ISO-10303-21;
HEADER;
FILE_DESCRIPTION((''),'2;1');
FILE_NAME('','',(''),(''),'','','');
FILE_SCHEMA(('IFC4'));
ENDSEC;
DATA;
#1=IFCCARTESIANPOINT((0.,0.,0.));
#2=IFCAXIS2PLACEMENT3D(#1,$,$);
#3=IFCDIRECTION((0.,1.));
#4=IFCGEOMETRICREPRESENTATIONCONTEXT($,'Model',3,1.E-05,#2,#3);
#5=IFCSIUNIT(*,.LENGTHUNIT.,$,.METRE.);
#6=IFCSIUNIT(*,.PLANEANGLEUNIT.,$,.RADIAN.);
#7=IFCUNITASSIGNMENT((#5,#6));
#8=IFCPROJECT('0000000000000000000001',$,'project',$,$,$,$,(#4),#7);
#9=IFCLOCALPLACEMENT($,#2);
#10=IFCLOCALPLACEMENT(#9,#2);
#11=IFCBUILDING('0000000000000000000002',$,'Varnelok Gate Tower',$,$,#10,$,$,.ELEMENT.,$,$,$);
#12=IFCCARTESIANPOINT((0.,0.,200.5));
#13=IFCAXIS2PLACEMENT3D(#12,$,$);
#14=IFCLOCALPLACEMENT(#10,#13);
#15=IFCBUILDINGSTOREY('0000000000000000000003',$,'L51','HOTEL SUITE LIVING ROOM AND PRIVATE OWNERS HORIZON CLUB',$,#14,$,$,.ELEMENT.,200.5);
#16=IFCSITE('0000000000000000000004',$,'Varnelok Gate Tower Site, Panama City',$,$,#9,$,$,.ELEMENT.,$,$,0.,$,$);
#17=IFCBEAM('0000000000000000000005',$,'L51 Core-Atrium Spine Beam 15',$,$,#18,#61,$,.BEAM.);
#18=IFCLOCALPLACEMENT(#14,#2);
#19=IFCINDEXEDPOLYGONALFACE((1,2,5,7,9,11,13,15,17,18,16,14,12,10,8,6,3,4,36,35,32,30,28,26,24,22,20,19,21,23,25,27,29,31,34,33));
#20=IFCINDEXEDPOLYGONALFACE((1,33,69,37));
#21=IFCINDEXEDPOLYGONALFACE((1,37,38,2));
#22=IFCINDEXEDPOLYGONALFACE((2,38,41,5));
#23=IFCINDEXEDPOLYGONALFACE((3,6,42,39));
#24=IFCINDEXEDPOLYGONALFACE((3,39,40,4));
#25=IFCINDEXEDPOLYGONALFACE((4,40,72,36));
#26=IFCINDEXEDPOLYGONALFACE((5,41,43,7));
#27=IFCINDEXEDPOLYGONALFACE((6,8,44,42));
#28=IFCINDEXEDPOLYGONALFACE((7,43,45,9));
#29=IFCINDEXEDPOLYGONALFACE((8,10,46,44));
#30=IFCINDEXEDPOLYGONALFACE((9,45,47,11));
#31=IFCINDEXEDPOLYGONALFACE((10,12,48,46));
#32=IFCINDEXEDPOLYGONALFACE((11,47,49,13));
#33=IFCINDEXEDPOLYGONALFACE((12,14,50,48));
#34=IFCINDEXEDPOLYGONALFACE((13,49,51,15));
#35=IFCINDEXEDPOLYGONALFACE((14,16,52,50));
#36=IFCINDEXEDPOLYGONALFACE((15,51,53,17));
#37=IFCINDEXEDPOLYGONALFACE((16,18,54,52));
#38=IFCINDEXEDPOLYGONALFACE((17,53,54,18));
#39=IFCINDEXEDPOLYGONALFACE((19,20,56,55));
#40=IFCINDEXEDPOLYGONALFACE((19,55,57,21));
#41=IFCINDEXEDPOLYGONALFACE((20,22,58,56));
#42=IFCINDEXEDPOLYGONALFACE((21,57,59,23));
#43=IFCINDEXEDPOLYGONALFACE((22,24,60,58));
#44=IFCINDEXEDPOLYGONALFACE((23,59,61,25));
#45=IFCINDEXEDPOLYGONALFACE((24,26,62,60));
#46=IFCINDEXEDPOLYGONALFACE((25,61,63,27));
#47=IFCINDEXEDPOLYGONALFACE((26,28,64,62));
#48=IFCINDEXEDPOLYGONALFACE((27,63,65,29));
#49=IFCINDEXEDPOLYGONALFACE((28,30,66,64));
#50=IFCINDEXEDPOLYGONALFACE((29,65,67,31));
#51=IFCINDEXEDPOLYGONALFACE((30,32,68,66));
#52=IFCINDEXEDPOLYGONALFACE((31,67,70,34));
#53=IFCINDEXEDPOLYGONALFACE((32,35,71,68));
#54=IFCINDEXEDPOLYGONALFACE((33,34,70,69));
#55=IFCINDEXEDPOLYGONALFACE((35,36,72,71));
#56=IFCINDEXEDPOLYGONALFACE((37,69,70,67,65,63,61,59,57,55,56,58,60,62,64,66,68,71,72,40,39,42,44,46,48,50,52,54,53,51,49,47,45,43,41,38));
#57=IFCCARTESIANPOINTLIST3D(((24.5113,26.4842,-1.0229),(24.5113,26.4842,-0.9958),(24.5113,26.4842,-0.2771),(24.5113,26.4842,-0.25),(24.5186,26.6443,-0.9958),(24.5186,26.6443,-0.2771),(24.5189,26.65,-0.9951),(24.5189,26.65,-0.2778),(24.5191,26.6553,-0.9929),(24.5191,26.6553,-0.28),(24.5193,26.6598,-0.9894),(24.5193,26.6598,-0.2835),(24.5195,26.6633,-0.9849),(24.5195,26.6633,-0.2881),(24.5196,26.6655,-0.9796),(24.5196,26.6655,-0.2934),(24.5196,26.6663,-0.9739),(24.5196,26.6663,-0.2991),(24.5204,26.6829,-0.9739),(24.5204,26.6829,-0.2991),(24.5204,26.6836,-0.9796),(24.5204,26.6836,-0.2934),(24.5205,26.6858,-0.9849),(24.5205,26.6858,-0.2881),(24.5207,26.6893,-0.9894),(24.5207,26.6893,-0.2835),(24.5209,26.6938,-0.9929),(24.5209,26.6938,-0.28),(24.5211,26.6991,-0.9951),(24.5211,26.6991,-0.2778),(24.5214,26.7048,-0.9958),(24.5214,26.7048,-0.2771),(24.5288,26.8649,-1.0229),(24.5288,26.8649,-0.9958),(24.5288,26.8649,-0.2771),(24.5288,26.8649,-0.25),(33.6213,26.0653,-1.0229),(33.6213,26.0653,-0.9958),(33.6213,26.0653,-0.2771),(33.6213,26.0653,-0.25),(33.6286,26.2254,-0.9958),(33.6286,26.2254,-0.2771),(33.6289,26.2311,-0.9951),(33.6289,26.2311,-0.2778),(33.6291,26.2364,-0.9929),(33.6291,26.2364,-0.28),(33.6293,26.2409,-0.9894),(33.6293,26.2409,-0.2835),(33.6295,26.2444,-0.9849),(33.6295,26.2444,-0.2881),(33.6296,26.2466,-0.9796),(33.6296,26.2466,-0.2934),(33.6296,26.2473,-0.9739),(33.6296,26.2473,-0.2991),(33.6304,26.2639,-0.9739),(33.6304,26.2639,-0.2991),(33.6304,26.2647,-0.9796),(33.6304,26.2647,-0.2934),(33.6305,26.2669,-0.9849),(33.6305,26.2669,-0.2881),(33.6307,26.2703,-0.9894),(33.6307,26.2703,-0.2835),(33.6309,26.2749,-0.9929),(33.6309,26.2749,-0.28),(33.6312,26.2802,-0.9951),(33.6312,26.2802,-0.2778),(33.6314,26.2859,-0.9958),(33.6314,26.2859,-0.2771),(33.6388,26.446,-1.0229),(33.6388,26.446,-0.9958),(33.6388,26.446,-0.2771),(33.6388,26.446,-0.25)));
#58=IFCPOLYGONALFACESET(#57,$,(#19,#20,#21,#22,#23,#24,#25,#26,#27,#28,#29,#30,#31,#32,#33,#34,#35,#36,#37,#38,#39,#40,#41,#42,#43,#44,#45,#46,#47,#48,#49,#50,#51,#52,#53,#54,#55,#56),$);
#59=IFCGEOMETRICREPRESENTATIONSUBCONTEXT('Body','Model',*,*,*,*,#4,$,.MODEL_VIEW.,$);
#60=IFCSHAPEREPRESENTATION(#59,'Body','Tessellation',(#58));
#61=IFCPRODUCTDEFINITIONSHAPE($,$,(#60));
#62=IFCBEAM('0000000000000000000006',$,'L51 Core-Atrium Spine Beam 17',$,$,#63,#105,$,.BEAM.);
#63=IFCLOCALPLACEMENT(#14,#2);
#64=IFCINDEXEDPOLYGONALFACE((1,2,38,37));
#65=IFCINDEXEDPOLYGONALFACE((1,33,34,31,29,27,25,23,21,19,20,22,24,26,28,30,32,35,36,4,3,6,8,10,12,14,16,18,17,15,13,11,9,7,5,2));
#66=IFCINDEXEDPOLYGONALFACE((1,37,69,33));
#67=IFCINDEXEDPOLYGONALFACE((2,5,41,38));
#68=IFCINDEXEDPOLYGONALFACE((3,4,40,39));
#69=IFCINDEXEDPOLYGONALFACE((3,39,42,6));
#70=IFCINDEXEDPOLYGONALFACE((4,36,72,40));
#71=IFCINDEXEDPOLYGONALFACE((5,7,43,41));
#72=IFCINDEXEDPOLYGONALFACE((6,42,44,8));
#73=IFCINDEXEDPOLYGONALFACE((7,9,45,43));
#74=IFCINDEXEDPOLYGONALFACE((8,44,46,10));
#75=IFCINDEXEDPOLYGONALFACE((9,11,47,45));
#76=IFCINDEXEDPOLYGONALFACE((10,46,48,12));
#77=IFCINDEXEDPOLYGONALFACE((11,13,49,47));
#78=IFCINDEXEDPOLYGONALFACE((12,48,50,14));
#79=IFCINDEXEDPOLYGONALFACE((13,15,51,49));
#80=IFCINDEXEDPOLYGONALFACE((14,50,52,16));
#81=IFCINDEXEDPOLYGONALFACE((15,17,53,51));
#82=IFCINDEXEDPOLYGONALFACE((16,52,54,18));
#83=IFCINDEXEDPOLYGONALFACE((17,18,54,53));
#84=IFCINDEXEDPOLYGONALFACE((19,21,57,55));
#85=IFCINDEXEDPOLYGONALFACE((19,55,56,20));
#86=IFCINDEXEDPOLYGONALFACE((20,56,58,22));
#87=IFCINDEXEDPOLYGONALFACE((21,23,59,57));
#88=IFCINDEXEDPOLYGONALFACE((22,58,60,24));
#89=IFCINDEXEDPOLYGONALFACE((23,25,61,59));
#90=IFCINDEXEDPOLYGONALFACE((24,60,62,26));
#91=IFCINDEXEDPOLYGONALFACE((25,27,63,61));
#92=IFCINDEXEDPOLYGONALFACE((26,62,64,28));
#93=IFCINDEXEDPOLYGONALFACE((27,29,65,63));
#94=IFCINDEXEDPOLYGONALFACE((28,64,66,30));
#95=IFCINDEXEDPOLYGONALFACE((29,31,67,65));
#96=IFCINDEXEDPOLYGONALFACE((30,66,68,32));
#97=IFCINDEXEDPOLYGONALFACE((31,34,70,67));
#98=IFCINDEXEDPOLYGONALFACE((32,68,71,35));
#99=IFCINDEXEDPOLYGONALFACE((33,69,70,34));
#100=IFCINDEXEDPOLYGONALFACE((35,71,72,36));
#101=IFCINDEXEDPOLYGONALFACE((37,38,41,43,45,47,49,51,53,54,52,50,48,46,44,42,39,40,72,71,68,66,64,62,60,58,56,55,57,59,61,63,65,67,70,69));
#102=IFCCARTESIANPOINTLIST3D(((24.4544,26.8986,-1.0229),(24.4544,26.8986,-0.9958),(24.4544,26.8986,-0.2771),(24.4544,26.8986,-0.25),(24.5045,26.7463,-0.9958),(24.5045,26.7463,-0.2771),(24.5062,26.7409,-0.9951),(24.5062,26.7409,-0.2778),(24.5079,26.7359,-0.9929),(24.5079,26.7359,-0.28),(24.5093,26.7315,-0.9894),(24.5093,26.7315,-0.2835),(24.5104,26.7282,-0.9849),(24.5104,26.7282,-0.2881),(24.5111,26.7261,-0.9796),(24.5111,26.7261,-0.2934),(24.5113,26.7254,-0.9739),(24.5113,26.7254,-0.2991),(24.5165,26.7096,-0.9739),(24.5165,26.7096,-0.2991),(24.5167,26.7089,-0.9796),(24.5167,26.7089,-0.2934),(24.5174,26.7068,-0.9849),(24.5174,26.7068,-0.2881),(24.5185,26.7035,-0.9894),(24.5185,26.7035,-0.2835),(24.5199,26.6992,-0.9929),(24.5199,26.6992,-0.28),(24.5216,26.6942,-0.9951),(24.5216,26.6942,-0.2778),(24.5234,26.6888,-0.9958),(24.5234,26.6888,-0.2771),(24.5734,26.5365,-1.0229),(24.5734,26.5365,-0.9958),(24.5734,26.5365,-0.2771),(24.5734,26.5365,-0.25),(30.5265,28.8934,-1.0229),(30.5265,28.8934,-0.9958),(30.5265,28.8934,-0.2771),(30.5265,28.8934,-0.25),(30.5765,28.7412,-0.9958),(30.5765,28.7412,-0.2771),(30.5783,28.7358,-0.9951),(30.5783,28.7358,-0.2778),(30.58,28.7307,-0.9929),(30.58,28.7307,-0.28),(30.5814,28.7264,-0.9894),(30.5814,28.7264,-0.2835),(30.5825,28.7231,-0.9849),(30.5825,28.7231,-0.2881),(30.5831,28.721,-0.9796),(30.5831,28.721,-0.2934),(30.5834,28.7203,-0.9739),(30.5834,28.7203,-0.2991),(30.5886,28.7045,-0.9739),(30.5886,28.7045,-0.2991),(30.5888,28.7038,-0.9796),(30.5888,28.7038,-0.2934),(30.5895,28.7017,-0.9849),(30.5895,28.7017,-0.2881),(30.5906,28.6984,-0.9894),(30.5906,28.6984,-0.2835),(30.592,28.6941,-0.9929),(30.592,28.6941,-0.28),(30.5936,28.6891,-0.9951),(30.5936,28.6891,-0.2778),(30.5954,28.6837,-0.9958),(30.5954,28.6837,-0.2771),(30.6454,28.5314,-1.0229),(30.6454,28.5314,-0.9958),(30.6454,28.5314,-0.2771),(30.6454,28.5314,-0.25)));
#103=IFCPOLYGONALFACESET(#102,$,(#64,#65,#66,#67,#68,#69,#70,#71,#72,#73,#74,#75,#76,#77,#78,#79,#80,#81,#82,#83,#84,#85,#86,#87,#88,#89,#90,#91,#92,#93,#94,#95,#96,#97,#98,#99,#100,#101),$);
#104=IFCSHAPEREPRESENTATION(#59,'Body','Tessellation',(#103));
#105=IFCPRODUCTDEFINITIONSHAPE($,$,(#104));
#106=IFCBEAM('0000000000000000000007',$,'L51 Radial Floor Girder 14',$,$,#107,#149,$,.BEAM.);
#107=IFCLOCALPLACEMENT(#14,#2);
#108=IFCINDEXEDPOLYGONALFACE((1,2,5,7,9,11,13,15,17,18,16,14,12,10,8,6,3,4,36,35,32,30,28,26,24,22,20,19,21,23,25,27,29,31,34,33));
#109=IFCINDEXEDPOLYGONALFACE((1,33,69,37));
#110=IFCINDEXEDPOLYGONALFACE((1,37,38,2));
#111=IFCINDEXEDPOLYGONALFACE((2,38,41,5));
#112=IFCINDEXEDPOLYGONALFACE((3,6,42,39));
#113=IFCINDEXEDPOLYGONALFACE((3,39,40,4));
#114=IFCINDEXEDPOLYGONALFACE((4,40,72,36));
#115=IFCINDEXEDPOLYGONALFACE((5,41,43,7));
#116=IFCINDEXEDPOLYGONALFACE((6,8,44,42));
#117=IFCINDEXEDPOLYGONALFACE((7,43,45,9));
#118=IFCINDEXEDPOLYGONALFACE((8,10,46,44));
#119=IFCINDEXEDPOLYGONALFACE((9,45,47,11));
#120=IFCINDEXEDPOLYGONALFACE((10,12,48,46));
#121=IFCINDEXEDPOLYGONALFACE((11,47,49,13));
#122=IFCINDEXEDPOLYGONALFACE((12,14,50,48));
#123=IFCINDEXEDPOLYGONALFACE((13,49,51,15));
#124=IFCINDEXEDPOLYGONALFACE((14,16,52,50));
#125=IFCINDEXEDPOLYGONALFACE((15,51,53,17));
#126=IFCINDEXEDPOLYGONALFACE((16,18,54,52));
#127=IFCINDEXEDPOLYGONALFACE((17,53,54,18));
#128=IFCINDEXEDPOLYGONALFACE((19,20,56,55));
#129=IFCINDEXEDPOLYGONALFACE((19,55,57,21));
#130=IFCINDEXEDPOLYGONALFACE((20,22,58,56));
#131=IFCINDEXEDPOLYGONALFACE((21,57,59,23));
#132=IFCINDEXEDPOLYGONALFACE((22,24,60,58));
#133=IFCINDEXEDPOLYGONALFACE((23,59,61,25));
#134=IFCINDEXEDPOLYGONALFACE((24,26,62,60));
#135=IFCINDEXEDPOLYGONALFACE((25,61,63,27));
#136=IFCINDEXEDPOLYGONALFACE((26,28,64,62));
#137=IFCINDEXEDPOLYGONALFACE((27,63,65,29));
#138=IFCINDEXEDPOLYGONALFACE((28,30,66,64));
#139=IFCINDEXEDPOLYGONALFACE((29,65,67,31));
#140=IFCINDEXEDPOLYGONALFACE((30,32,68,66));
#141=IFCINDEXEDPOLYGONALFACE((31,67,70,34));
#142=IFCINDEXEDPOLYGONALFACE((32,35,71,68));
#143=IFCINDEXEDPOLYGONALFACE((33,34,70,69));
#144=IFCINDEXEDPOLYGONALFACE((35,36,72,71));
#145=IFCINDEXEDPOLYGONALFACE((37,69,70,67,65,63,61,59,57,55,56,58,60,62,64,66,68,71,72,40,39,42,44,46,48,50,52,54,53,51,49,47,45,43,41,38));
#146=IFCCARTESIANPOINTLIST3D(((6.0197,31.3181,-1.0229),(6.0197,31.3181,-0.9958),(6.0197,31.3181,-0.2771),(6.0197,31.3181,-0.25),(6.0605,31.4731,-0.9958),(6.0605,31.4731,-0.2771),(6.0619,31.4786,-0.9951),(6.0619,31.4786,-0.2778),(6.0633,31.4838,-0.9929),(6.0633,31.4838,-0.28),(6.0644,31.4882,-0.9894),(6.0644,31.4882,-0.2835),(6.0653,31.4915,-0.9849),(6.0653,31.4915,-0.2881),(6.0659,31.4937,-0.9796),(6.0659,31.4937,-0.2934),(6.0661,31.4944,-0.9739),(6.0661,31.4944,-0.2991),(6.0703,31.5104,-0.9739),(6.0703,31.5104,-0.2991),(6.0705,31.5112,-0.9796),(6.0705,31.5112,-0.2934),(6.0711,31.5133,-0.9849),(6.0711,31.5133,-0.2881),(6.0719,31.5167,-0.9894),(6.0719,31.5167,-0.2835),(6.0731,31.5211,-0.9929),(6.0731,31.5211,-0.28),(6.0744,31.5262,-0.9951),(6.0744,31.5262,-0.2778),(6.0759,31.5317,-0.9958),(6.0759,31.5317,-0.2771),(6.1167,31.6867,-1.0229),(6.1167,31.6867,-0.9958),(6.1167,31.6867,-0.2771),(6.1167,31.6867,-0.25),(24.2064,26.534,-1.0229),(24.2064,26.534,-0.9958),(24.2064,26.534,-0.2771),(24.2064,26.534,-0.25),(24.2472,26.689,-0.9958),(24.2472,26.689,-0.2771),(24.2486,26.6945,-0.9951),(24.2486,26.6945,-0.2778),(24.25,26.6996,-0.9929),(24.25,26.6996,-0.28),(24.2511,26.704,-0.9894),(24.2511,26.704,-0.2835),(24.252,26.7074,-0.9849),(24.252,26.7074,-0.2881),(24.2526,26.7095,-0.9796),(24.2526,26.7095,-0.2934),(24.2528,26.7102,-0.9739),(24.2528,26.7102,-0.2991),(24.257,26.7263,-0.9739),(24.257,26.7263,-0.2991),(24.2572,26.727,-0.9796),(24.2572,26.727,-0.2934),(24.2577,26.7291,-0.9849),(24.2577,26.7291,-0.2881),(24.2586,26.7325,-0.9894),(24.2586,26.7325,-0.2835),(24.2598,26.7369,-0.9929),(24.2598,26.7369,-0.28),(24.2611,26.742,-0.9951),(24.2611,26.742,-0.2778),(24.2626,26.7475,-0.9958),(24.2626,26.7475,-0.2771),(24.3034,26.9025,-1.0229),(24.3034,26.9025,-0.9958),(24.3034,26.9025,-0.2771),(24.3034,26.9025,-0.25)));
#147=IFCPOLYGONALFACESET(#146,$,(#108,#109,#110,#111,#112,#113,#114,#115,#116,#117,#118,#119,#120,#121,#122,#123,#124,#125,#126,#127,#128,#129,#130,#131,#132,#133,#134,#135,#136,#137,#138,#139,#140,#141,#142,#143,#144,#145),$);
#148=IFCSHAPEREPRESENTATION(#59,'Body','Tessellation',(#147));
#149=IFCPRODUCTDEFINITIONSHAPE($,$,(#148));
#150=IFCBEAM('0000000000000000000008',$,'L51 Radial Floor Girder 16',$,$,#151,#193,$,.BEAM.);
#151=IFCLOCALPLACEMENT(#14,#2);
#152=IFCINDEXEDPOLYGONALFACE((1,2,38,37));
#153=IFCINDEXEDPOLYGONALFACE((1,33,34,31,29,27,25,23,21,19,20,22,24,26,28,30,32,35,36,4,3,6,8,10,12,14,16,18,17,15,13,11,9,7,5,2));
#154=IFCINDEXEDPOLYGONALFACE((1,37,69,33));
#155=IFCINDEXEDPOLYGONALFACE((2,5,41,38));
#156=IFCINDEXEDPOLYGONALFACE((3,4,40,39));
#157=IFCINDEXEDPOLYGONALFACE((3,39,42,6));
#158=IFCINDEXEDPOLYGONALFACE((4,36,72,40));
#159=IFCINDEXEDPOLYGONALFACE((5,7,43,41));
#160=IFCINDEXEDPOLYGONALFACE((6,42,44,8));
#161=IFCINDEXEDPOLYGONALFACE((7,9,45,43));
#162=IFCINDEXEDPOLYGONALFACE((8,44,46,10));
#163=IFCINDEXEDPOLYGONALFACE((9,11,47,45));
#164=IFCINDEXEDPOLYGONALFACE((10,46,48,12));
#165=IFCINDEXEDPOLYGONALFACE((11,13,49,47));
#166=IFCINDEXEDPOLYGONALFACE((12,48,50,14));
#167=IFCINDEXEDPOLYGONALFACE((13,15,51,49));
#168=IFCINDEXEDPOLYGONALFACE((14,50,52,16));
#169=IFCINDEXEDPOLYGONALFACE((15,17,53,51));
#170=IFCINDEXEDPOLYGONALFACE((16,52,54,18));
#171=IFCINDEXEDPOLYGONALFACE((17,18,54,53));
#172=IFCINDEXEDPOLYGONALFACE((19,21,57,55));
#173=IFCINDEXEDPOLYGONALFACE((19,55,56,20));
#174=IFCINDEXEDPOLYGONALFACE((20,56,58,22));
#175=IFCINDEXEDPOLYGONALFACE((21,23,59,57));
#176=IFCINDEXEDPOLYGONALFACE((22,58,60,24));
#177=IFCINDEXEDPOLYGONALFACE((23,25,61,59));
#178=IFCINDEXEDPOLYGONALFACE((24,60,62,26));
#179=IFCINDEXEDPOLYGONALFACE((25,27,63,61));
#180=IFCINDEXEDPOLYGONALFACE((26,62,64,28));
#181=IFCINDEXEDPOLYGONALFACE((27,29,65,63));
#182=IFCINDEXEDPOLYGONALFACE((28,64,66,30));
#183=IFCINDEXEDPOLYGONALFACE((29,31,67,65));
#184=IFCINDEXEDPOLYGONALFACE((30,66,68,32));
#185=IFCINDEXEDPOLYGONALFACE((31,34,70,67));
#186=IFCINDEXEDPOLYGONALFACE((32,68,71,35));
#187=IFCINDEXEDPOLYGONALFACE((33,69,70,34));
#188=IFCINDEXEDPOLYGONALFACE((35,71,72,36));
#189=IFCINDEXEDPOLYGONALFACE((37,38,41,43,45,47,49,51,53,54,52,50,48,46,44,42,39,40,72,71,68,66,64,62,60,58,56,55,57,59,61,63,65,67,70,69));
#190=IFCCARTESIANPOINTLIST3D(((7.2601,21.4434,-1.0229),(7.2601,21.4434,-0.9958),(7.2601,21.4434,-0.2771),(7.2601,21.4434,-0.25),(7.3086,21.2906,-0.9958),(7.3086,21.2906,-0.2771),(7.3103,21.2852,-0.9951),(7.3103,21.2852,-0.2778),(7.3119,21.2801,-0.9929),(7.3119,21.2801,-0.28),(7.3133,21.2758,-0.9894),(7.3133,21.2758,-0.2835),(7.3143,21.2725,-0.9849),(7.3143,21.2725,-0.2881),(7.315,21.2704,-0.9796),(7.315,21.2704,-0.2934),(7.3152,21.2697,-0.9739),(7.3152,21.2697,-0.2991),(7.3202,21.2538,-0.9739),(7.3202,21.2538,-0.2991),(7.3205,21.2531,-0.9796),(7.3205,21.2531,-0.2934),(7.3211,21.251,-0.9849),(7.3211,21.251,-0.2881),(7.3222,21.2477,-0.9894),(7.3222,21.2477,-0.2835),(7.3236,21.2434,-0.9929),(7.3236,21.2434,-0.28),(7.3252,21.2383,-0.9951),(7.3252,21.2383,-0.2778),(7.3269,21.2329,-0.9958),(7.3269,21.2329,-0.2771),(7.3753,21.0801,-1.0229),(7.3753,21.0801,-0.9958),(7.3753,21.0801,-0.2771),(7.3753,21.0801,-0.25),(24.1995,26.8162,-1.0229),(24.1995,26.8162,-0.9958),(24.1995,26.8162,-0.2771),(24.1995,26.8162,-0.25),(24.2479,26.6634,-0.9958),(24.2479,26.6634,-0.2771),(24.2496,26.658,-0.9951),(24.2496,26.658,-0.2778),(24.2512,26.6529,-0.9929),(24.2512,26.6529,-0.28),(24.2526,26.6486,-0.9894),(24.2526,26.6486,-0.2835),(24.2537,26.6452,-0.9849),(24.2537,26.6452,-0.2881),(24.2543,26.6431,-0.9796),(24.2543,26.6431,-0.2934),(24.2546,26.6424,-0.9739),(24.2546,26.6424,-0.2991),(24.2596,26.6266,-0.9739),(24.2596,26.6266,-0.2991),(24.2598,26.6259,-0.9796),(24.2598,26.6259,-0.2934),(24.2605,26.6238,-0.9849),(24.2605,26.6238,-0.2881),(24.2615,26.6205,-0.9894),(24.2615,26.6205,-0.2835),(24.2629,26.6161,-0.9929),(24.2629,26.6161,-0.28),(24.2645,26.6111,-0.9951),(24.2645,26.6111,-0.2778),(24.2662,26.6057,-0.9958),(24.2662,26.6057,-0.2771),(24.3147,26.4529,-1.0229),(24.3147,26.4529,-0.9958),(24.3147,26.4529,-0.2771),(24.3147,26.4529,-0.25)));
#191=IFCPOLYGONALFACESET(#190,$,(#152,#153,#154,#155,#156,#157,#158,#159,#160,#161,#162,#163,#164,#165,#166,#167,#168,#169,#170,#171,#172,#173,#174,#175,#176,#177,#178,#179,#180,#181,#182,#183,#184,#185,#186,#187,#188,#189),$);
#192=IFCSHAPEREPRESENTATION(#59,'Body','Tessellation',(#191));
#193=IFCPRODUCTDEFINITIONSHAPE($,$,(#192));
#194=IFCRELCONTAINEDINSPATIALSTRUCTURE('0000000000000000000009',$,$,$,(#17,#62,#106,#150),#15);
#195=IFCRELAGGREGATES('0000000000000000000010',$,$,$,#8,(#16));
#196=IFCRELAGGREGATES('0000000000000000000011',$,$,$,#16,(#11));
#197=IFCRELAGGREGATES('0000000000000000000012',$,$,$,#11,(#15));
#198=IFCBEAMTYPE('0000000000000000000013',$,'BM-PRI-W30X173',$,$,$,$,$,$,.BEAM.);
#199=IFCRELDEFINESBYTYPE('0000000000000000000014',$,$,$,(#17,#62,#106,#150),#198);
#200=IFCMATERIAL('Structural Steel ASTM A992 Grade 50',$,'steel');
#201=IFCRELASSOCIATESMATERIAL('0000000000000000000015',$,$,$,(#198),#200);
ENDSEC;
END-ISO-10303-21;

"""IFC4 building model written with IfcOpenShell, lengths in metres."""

from ifc_helpers import new_model, si_unit, direction, frame, origin, origin_2d, place, context, subcontext, project, spatial, i_section, extrude, material, material_profile, profile_set, type_object, element, save


model = new_model("IFC4")

# Units and contexts
model_context = context("Model", 3, precision=1e-05, world=origin(), true_north=direction((0.0, 1.0)))
body_context = subcontext(model_context, "Body", "Model", "MODEL_VIEW")
ifc_project = project(units=[si_unit("LENGTHUNIT", "METRE"), si_unit("PLANEANGLEUNIT", "RADIAN")], contexts=[model_context])

# Site, building, storey
site_placement = place(None, origin())
site = spatial("IfcSite", under=ifc_project, at=site_placement, Name="Varnelok Gate Tower Site, Panama City", CompositionType="ELEMENT", RefElevation=0.0)
building_placement = place(site_placement, origin())
building = spatial("IfcBuilding", under=site, at=building_placement, Name="Varnelok Gate Tower", CompositionType="ELEMENT")
storey_placement = place(building_placement, frame((0.0, 0.0, 200.5)))
storey = spatial("IfcBuildingStorey", under=building, at=storey_placement, Name="L51", Description="HOTEL SUITE LIVING ROOM AND PRIVATE OWNERS HORIZON CLUB", CompositionType="ELEMENT", Elevation=200.5)

# Shared definitions
ifc_material_1 = material(Name="Structural Steel ASTM A992 Grade 50", Category="steel")

# Beams
ifc_material_profile_1 = material_profile(ifc_material_1, i_section(OverallWidth=0.3811, OverallDepth=0.7729, WebThickness=0.0166, FlangeThickness=0.0271, FilletRadius=0.022, at=origin_2d()), Name="W30X173")
ifc_profile_set_1 = profile_set([ifc_material_profile_1], Name="Structural Steel ASTM A992 Grade 50")
beam_type_1 = type_object("IfcBeamType", Name="BM-PRI-W30X173", PredefinedType="BEAM", material=ifc_profile_set_1)
beam_1_placement = place(storey_placement, frame((24.52, 26.6746, -0.6365), z_axis=(0.998944, -0.045938, 0.0), x_axis=(0.045938, 0.998944, 0.0)))
element("IfcBeam", 1, at=beam_1_placement, inside=storey, type_object=beam_type_1, Name="L51 Core-Atrium Spine Beam 15", PredefinedType="BEAM", context=body_context, shape_type="SweptSolid", body=[
    extrude(i_section(OverallWidth=0.3811, OverallDepth=0.7729, WebThickness=0.0166, FlangeThickness=0.0271, FilletRadius=0.022, at=origin_2d()), origin(), (0.0, 0.0, 1.0), 9.1196),
])
beam_2_placement = place(storey_placement, frame((24.5139, 26.7175, -0.6365), z_axis=(0.950042, 0.312122, 0.0), x_axis=(-0.312122, 0.950042, 0.0)))
element("IfcBeam", 2, at=beam_2_placement, inside=storey, type_object=beam_type_1, Name="L51 Core-Atrium Spine Beam 17", PredefinedType="BEAM", context=body_context, shape_type="SweptSolid", body=[
    extrude(i_section(OverallWidth=0.3811, OverallDepth=0.7729, WebThickness=0.0166, FlangeThickness=0.0271, FilletRadius=0.022, at=origin_2d()), origin(), (0.0, 0.0, 1.0), 6.3914),
])
beam_3_placement = place(storey_placement, frame((24.2549, 26.7183, -0.6365), z_axis=(-0.967098, 0.254403, 0.0), x_axis=(-0.254403, -0.967098, 0.0)))
element("IfcBeam", 3, at=beam_3_placement, inside=storey, type_object=beam_type_1, Name="L51 Radial Floor Girder 14", PredefinedType="BEAM", context=body_context, shape_type="SweptSolid", body=[
    extrude(i_section(OverallWidth=0.3811, OverallDepth=0.7729, WebThickness=0.0166, FlangeThickness=0.0271, FilletRadius=0.022, at=origin_2d()), origin(), (0.0, 0.0, 1.0), 18.8054),
])
beam_4_placement = place(storey_placement, frame((24.2571, 26.6345, -0.6365), z_axis=(-0.953202, -0.302334, 0.0), x_axis=(0.302334, -0.953202, 0.0)))
element("IfcBeam", 4, at=beam_4_placement, inside=storey, type_object=beam_type_1, Name="L51 Radial Floor Girder 16", PredefinedType="BEAM", context=body_context, shape_type="SweptSolid", body=[
    extrude(i_section(OverallWidth=0.3811, OverallDepth=0.7729, WebThickness=0.0166, FlangeThickness=0.0271, FilletRadius=0.022, at=origin_2d()), origin(), (0.0, 0.0, 1.0), 17.771),
])

save(model, "model.ifc")
